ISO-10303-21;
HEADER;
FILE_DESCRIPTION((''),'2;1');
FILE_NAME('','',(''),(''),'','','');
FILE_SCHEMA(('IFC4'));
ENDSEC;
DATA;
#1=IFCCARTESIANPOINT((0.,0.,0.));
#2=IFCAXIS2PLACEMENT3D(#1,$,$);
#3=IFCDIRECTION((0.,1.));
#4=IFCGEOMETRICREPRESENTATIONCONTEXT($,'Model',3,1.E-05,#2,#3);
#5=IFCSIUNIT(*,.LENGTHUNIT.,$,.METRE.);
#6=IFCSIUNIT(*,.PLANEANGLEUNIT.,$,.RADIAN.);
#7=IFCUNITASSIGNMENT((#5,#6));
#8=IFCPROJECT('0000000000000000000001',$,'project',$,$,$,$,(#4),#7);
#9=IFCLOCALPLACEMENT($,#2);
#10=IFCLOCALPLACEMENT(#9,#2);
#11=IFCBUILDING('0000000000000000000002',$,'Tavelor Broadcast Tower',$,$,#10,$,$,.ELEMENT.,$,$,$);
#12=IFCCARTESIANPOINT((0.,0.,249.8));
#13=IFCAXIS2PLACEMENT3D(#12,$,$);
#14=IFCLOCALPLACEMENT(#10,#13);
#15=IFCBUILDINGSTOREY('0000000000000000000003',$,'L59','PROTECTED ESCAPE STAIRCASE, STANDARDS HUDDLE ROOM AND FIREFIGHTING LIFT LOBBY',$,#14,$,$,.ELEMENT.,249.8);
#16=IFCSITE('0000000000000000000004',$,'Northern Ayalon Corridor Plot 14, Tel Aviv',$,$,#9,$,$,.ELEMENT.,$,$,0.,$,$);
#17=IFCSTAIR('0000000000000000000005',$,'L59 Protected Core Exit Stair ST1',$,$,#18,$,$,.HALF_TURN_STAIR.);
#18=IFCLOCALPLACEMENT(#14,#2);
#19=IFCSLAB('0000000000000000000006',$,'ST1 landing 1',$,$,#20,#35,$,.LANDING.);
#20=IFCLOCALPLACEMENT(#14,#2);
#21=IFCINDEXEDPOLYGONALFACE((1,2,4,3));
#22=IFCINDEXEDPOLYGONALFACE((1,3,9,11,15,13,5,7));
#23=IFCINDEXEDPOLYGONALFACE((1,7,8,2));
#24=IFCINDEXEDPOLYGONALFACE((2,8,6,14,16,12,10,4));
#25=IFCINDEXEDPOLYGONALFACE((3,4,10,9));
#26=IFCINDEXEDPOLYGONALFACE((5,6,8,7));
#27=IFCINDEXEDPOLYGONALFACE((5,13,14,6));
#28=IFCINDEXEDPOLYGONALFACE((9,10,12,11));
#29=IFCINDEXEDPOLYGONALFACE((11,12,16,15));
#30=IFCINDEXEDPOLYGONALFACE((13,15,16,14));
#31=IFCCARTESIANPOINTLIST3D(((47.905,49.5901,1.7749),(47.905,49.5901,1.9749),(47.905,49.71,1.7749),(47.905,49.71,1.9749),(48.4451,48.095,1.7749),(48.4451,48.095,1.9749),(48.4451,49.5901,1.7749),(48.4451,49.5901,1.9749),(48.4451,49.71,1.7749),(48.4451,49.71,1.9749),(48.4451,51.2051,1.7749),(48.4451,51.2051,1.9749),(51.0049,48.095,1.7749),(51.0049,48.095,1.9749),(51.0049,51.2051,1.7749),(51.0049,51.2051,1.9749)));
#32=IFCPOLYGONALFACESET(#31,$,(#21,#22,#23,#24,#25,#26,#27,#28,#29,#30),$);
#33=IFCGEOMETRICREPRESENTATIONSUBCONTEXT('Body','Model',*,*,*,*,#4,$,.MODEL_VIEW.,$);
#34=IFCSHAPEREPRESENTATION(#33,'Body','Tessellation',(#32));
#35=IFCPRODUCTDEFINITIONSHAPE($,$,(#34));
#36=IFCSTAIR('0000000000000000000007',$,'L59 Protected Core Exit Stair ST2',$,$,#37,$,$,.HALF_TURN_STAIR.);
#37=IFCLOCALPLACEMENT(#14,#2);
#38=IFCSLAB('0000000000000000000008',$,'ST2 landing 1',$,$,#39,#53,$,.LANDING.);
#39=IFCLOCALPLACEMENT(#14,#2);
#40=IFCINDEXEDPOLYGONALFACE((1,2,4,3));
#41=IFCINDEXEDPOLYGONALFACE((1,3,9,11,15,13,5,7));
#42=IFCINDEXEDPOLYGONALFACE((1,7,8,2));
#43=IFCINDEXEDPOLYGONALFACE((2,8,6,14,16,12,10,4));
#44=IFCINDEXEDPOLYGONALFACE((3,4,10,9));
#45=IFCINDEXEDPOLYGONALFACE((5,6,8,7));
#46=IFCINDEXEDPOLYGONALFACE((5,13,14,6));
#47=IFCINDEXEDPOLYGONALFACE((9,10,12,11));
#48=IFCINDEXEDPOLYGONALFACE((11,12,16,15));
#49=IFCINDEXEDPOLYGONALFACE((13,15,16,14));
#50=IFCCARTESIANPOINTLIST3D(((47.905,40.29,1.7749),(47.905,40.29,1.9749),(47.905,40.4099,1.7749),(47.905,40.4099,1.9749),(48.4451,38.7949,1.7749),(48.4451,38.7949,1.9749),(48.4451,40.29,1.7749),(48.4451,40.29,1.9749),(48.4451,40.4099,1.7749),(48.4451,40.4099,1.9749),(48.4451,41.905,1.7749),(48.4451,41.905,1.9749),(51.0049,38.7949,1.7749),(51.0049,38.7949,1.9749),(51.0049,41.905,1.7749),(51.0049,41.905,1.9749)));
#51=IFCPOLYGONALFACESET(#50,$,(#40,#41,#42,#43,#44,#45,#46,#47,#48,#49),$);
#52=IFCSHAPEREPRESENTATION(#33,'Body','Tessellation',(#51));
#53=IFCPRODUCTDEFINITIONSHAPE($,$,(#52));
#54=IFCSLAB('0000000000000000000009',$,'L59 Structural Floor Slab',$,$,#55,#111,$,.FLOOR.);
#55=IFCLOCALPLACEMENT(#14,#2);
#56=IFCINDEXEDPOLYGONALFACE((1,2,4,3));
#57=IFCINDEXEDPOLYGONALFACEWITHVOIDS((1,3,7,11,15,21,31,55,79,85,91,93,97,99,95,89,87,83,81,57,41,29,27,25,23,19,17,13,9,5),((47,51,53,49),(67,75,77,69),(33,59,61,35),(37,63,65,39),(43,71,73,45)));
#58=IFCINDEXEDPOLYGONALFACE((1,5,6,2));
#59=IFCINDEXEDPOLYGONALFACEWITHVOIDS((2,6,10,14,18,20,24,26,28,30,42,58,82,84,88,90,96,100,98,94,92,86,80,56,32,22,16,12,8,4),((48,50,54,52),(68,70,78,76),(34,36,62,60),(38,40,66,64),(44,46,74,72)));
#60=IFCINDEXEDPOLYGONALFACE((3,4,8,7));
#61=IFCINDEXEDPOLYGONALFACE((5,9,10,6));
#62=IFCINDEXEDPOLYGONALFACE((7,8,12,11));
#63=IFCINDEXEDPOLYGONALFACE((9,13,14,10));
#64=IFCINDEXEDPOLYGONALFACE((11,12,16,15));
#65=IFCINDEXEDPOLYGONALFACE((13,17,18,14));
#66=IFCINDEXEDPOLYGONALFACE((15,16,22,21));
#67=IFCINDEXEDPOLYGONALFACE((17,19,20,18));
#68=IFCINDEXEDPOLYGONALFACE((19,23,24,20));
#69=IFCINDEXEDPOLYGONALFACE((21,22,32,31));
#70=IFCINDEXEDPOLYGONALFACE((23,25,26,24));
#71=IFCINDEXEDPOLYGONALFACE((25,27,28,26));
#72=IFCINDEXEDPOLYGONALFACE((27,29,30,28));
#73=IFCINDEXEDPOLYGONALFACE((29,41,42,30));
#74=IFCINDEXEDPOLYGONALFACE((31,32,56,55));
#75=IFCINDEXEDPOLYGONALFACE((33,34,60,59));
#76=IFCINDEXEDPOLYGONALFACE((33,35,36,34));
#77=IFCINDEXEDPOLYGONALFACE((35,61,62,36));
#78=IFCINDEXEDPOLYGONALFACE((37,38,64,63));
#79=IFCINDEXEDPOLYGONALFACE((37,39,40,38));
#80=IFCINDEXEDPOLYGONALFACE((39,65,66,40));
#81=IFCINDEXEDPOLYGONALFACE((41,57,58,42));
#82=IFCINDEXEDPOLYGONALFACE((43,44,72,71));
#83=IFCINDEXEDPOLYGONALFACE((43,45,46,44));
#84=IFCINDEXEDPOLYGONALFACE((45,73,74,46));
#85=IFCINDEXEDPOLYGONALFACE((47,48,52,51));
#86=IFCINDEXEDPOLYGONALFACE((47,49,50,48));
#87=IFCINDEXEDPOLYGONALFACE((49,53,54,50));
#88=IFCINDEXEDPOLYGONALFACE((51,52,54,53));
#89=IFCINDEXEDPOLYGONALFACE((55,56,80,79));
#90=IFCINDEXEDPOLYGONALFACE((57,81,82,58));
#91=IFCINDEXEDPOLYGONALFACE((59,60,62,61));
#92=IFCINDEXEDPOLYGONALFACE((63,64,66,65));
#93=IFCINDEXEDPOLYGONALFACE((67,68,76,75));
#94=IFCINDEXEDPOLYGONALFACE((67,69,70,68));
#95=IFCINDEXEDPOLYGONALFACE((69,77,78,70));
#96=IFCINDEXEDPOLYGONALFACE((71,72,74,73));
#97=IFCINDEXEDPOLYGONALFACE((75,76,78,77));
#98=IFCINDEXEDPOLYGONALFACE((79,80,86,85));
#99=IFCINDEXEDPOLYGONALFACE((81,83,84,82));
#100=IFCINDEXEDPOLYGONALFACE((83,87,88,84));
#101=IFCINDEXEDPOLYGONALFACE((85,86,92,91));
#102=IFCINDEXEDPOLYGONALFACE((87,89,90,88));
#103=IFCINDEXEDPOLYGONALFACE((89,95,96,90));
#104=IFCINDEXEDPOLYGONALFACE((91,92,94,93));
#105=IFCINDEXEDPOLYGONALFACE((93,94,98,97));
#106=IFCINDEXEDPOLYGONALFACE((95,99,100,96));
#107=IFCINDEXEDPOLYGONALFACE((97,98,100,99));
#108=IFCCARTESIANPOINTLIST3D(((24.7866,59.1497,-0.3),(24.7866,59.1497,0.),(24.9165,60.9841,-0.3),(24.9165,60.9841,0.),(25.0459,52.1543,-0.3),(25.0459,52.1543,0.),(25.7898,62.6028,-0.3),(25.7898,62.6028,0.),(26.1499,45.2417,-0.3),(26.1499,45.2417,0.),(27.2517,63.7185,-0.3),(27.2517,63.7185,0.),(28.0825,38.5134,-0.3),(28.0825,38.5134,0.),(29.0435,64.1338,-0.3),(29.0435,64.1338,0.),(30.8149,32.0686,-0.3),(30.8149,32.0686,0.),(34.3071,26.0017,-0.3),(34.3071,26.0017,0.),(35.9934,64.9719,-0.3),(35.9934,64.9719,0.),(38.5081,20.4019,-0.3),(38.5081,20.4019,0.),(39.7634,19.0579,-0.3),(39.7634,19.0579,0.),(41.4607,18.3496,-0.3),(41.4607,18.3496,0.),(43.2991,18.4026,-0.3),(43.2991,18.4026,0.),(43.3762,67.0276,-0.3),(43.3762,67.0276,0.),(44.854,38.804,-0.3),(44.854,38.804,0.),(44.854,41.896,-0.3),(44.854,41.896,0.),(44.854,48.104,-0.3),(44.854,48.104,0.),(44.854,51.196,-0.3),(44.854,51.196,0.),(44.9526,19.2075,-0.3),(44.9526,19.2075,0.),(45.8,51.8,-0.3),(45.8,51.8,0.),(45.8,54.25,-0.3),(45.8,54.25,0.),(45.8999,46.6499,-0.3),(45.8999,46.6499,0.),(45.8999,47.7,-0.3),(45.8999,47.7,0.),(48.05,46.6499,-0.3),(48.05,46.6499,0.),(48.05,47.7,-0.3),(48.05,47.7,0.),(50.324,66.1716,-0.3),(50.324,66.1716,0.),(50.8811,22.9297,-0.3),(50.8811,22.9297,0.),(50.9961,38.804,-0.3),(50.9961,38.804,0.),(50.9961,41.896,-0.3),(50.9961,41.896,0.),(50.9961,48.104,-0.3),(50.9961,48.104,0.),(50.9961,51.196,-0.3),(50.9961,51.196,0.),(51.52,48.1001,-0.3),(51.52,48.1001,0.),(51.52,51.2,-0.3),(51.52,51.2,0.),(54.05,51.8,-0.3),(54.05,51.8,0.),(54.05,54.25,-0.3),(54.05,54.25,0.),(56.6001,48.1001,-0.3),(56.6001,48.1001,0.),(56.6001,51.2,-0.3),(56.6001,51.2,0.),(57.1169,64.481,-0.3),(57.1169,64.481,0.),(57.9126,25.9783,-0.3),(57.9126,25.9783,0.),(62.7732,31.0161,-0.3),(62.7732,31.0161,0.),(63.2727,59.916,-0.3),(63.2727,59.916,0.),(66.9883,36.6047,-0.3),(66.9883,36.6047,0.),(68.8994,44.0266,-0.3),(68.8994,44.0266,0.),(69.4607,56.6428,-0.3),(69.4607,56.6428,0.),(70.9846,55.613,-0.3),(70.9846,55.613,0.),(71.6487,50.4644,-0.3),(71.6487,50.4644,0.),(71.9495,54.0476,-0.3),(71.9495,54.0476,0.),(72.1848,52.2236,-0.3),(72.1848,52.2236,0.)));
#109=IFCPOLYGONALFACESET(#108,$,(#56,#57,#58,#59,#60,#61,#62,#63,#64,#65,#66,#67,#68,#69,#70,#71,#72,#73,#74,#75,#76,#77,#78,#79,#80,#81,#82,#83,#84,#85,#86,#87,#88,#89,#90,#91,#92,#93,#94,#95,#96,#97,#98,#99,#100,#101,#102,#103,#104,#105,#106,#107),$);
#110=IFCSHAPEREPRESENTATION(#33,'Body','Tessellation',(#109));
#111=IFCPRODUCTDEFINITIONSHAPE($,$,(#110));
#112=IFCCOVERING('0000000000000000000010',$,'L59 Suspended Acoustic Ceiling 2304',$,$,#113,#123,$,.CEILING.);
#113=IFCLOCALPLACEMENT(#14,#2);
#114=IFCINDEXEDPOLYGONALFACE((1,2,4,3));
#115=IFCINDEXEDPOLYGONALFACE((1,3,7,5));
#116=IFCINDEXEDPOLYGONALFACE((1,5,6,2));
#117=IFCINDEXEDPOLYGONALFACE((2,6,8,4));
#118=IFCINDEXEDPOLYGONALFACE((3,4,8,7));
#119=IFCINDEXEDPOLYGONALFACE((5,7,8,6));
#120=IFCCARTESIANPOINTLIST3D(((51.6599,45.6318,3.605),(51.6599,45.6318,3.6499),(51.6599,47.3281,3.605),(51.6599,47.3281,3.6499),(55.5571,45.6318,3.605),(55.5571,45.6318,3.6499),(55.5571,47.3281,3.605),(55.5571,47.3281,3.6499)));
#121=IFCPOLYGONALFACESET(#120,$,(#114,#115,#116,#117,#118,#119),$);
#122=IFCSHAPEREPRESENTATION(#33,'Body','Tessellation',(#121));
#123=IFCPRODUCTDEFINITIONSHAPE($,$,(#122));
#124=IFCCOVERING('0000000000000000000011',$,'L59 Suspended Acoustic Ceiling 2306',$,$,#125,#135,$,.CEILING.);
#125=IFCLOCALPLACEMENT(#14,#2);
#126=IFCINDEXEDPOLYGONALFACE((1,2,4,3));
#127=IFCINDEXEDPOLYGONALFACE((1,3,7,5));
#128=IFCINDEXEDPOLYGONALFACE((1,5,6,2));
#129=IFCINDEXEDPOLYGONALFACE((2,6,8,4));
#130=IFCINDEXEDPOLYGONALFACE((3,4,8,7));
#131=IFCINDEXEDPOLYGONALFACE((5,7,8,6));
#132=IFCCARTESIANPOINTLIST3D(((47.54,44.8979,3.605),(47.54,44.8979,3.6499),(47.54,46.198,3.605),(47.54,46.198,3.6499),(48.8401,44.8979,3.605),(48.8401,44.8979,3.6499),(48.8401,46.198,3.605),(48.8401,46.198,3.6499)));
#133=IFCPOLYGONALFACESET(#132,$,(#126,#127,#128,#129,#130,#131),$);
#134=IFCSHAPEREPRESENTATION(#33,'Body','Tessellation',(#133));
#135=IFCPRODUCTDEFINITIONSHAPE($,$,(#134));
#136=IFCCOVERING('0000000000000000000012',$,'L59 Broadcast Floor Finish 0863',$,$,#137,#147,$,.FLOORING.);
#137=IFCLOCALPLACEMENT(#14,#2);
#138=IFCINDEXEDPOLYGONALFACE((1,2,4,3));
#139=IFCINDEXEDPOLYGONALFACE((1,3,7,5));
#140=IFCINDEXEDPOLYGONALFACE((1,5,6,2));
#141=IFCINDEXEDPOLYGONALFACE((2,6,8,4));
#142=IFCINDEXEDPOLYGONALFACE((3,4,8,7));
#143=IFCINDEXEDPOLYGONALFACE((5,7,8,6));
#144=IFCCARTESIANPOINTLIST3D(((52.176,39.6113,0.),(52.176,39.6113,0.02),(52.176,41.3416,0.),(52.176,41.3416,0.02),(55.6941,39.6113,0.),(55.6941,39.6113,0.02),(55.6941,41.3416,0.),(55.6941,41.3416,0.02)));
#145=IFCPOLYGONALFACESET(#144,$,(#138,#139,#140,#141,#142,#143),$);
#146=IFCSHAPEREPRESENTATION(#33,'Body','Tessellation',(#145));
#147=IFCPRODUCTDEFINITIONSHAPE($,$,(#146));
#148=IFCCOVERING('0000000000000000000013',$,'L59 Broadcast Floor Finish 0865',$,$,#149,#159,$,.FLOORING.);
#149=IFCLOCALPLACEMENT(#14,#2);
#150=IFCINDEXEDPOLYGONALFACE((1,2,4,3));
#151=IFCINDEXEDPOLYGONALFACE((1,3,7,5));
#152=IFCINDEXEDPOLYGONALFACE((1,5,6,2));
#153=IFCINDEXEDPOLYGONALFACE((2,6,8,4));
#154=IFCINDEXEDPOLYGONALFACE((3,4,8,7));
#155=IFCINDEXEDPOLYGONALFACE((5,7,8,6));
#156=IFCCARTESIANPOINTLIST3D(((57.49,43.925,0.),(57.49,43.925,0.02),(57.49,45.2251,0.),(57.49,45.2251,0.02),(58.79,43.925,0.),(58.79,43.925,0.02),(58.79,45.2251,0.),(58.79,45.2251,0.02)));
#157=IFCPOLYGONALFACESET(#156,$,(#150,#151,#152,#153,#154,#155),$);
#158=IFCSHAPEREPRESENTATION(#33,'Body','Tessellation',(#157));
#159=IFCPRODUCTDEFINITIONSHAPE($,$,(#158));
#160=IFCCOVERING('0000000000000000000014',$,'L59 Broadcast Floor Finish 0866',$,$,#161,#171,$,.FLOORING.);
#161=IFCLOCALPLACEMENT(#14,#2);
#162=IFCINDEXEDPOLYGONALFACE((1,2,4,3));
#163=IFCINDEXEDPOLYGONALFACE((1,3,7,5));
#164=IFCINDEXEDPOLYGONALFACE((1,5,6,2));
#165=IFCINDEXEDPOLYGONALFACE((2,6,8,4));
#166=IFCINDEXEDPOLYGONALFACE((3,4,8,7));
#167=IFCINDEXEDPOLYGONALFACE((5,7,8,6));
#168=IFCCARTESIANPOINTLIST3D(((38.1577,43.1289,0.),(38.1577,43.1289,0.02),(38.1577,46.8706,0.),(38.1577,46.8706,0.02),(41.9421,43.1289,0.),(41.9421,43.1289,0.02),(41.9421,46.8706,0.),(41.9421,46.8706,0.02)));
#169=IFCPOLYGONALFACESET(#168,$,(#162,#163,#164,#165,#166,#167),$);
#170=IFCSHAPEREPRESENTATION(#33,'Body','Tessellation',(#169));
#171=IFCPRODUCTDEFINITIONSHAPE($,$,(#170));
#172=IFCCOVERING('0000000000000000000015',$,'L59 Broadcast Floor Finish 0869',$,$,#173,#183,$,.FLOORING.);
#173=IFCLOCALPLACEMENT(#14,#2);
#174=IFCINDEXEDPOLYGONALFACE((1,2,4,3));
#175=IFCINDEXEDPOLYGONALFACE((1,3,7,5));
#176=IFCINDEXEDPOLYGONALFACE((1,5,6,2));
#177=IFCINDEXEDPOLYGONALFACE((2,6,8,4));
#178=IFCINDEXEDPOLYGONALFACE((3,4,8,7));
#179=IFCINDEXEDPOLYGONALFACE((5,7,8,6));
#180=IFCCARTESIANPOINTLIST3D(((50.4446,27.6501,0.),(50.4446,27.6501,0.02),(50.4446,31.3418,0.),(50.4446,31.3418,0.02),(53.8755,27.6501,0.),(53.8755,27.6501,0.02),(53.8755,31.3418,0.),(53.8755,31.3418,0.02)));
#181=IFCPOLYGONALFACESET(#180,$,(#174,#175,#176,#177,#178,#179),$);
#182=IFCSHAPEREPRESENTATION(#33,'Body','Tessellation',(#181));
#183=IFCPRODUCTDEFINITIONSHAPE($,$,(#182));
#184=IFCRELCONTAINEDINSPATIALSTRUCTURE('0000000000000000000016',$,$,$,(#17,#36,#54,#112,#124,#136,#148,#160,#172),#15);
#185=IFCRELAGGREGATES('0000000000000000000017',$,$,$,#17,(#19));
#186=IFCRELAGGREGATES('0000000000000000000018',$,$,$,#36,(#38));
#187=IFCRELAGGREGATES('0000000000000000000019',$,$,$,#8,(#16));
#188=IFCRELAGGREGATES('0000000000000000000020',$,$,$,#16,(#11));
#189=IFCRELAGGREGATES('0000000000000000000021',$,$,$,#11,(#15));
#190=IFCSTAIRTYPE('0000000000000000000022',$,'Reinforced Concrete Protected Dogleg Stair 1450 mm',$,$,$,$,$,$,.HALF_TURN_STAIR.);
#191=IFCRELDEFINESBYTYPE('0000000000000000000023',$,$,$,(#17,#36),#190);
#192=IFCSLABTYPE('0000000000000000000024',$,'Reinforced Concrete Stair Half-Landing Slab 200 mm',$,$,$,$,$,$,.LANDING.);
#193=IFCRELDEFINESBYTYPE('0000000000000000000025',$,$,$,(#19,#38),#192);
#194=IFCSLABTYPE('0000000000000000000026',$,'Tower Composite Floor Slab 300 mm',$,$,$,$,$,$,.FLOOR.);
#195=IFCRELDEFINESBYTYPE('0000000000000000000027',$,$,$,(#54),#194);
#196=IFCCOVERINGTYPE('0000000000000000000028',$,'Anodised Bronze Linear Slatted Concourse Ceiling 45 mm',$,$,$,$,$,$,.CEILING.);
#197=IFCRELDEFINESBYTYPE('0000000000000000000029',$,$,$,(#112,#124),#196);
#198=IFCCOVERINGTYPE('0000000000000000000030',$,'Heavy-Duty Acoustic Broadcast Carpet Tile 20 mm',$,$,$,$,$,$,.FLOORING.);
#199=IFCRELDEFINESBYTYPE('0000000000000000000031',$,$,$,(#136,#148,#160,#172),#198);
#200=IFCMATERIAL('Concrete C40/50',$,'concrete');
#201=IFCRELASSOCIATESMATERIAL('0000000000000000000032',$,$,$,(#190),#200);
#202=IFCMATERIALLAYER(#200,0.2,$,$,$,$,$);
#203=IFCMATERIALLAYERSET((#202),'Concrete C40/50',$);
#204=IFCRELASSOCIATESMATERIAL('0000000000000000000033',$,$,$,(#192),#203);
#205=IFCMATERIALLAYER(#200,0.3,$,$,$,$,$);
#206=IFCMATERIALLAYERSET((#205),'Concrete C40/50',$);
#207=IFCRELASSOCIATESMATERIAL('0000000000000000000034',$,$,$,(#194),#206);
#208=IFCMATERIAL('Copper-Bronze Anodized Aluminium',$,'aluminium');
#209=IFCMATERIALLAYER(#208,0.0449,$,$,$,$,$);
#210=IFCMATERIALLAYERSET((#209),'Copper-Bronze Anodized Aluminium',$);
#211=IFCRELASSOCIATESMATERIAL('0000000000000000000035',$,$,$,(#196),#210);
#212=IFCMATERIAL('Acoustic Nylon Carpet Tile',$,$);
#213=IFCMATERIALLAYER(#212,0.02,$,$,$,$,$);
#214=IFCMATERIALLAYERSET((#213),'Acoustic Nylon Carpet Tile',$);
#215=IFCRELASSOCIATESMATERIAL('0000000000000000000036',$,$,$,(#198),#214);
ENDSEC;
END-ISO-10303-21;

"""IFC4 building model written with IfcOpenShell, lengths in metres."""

from ifc_helpers import new_model, si_unit, direction, frame, origin, place, context, subcontext, project, spatial, polyline, outline, extrude, material, layer, layer_set, type_object, element, aggregate, save


model = new_model("IFC4")

# Units and contexts
model_context = context("Model", 3, precision=1e-05, world=origin(), true_north=direction((0.0, 1.0)))
body_context = subcontext(model_context, "Body", "Model", "MODEL_VIEW")
ifc_project = project(units=[si_unit("LENGTHUNIT", "METRE"), si_unit("PLANEANGLEUNIT", "RADIAN")], contexts=[model_context])

# Site, building, storey
site_placement = place(None, origin())
site = spatial("IfcSite", under=ifc_project, at=site_placement, Name="Northern Ayalon Corridor Plot 14, Tel Aviv", CompositionType="ELEMENT", RefElevation=0.0)
building_placement = place(site_placement, origin())
building = spatial("IfcBuilding", under=site, at=building_placement, Name="Tavelor Broadcast Tower", CompositionType="ELEMENT")
storey_placement = place(building_placement, frame((0.0, 0.0, 249.8)))
storey = spatial("IfcBuildingStorey", under=building, at=storey_placement, Name="L59", Description="PROTECTED ESCAPE STAIRCASE, STANDARDS HUDDLE ROOM AND FIREFIGHTING LIFT LOBBY", CompositionType="ELEMENT", Elevation=249.8)

# Stairs, slabs
ifc_material_1 = material(Name="Concrete C40/50", Category="concrete")
stair_type = type_object("IfcStairType", Name="Reinforced Concrete Protected Dogleg Stair 1450 mm", PredefinedType="HALF_TURN_STAIR", material=ifc_material_1)
stair_1_placement = place(storey_placement, origin())
stair_1 = element("IfcStair", 1, at=stair_1_placement, inside=storey, type_object=stair_type, Name="L59 Protected Core Exit Stair ST1", PredefinedType="HALF_TURN_STAIR")
ifc_layer_1 = layer(ifc_material_1, 0.2)
ifc_layer_set_1 = layer_set([ifc_layer_1], Name="Concrete C40/50")
slab_type_1 = type_object("IfcSlabType", Name="Reinforced Concrete Stair Half-Landing Slab 200 mm", PredefinedType="LANDING", material=ifc_layer_set_1)
slab_1_placement = place(storey_placement, frame((0.0, 0.0, 1.7749)))
slab_1 = element("IfcSlab", 2, at=slab_1_placement, type_object=slab_type_1, Name="ST1 landing 1", PredefinedType="LANDING", context=body_context, shape_type="SweptSolid", body=[
    extrude(outline(polyline([(48.4451, 49.5901), (48.4451, 48.095), (51.0049, 48.095), (51.0049, 51.2051), (48.4451, 51.2051), (48.4451, 49.71), (47.905, 49.71), (47.905, 49.5901), (48.4451, 49.5901)])), origin(), (0.0, 0.0, 1.0), 0.2),
])
aggregate(stair_1, [slab_1])
stair_2_placement = place(storey_placement, origin())
stair_2 = element("IfcStair", 3, at=stair_2_placement, inside=storey, type_object=stair_type, Name="L59 Protected Core Exit Stair ST2", PredefinedType="HALF_TURN_STAIR")
slab_2_placement = place(storey_placement, frame((0.0, 0.0, 1.7749)))
slab_2 = element("IfcSlab", 4, at=slab_2_placement, type_object=slab_type_1, Name="ST2 landing 1", PredefinedType="LANDING", context=body_context, shape_type="SweptSolid", body=[
    extrude(outline(polyline([(48.4451, 40.29), (48.4451, 38.7949), (51.0049, 38.7949), (51.0049, 41.905), (48.4451, 41.905), (48.4451, 40.4099), (47.905, 40.4099), (47.905, 40.29), (48.4451, 40.29)])), origin(), (0.0, 0.0, 1.0), 0.2),
])
aggregate(stair_2, [slab_2])

# Slab
ifc_layer_2 = layer(ifc_material_1, 0.3)
ifc_layer_set_2 = layer_set([ifc_layer_2], Name="Concrete C40/50")
slab_type_2 = type_object("IfcSlabType", Name="Tower Composite Floor Slab 300 mm", PredefinedType="FLOOR", material=ifc_layer_set_2)
slab_3_placement = place(storey_placement, frame((0.0, 0.0, -0.3)))
element("IfcSlab", 5, at=slab_3_placement, inside=storey, type_object=slab_type_2, Name="L59 Structural Floor Slab", PredefinedType="FLOOR", context=body_context, shape_type="SweptSolid", body=[
    extrude(outline(polyline([(29.0435, 64.1338), (27.2517, 63.7185), (25.7898, 62.6028), (24.9165, 60.9841), (24.7866, 59.1497), (25.0459, 52.1543), (26.1499, 45.2417), (28.0825, 38.5134), (30.8149, 32.0686), (34.3071, 26.0017), (38.5081, 20.4019), (39.7634, 19.0579), (41.4607, 18.3496), (43.2991, 18.4026), (44.9526, 19.2075), (50.8811, 22.9297), (57.9126, 25.9783), (62.7732, 31.0161), (66.9883, 36.6047), (68.8994, 44.0266), (71.6487, 50.4644), (72.1848, 52.2236), (71.9495, 54.0476), (70.9846, 55.613), (69.4607, 56.6428), (63.2727, 59.916), (57.1169, 64.481), (50.324, 66.1716), (43.3762, 67.0276), (35.9934, 64.9719), (29.0435, 64.1338)]), holes=[polyline([(50.9961, 41.896), (50.9961, 38.804), (44.854, 38.804), (44.854, 41.896), (50.9961, 41.896)]), polyline([(48.05, 47.7), (48.05, 46.6499), (45.8999, 46.6499), (45.8999, 47.7), (48.05, 47.7)]), polyline([(50.9961, 51.196), (50.9961, 48.104), (44.854, 48.104), (44.854, 51.196), (50.9961, 51.196)]), polyline([(56.6001, 48.1001), (51.52, 48.1001), (51.52, 51.2), (56.6001, 51.2), (56.6001, 48.1001)]), polyline([(54.05, 51.8), (45.8, 51.8), (45.8, 54.25), (54.05, 54.25), (54.05, 51.8)])]), origin(), (0.0, 0.0, 1.0), 0.3),
])

# Coverings
ifc_material_2 = material(Name="Copper-Bronze Anodized Aluminium", Category="aluminium")
ifc_layer_3 = layer(ifc_material_2, 0.0449)
ifc_layer_set_3 = layer_set([ifc_layer_3], Name="Copper-Bronze Anodized Aluminium")
covering_type_1 = type_object("IfcCoveringType", Name="Anodised Bronze Linear Slatted Concourse Ceiling 45 mm", PredefinedType="CEILING", material=ifc_layer_set_3)
covering_1_placement = place(storey_placement, frame((0.0, 0.0, 3.605)))
element("IfcCovering", 6, at=covering_1_placement, inside=storey, type_object=covering_type_1, Name="L59 Suspended Acoustic Ceiling 2304", PredefinedType="CEILING", context=body_context, shape_type="SweptSolid", body=[
    extrude(outline(polyline([(51.6599, 45.6318), (55.5571, 45.6318), (55.5571, 47.3281), (51.6599, 47.3281), (51.6599, 45.6318)])), origin(), (0.0, 0.0, 1.0), 0.0449),
])
covering_2_placement = place(storey_placement, frame((0.0, 0.0, 3.605)))
element("IfcCovering", 7, at=covering_2_placement, inside=storey, type_object=covering_type_1, Name="L59 Suspended Acoustic Ceiling 2306", PredefinedType="CEILING", context=body_context, shape_type="SweptSolid", body=[
    extrude(outline(polyline([(47.54, 44.8979), (48.8401, 44.8979), (48.8401, 46.198), (47.54, 46.198), (47.54, 44.8979)])), origin(), (0.0, 0.0, 1.0), 0.0449),
])
ifc_material_3 = material(Name="Acoustic Nylon Carpet Tile")
ifc_layer_4 = layer(ifc_material_3, 0.02)
ifc_layer_set_4 = layer_set([ifc_layer_4], Name="Acoustic Nylon Carpet Tile")
covering_type_2 = type_object("IfcCoveringType", Name="Heavy-Duty Acoustic Broadcast Carpet Tile 20 mm", PredefinedType="FLOORING", material=ifc_layer_set_4)
covering_3_placement = place(storey_placement, origin())
element("IfcCovering", 8, at=covering_3_placement, inside=storey, type_object=covering_type_2, Name="L59 Broadcast Floor Finish 0863", PredefinedType="FLOORING", context=body_context, shape_type="SweptSolid", body=[
    extrude(outline(polyline([(52.176, 39.6113), (55.6941, 39.6113), (55.6941, 41.3416), (52.176, 41.3416), (52.176, 39.6113)])), origin(), (0.0, 0.0, 1.0), 0.02),
])
covering_4_placement = place(storey_placement, origin())
element("IfcCovering", 9, at=covering_4_placement, inside=storey, type_object=covering_type_2, Name="L59 Broadcast Floor Finish 0865", PredefinedType="FLOORING", context=body_context, shape_type="SweptSolid", body=[
    extrude(outline(polyline([(57.49, 43.925), (58.79, 43.925), (58.79, 45.2251), (57.49, 45.2251), (57.49, 43.925)])), origin(), (0.0, 0.0, 1.0), 0.02),
])
covering_5_placement = place(storey_placement, origin())
element("IfcCovering", 10, at=covering_5_placement, inside=storey, type_object=covering_type_2, Name="L59 Broadcast Floor Finish 0866", PredefinedType="FLOORING", context=body_context, shape_type="SweptSolid", body=[
    extrude(outline(polyline([(38.1577, 43.1289), (41.9421, 43.1289), (41.9421, 46.8706), (38.1577, 46.8706), (38.1577, 43.1289)])), origin(), (0.0, 0.0, 1.0), 0.02),
])
covering_6_placement = place(storey_placement, origin())
element("IfcCovering", 11, at=covering_6_placement, inside=storey, type_object=covering_type_2, Name="L59 Broadcast Floor Finish 0869", PredefinedType="FLOORING", context=body_context, shape_type="SweptSolid", body=[
    extrude(outline(polyline([(50.4446, 27.6501), (53.8755, 27.6501), (53.8755, 31.3418), (50.4446, 31.3418), (50.4446, 27.6501)])), origin(), (0.0, 0.0, 1.0), 0.02),
])

save(model, "model.ifc")
